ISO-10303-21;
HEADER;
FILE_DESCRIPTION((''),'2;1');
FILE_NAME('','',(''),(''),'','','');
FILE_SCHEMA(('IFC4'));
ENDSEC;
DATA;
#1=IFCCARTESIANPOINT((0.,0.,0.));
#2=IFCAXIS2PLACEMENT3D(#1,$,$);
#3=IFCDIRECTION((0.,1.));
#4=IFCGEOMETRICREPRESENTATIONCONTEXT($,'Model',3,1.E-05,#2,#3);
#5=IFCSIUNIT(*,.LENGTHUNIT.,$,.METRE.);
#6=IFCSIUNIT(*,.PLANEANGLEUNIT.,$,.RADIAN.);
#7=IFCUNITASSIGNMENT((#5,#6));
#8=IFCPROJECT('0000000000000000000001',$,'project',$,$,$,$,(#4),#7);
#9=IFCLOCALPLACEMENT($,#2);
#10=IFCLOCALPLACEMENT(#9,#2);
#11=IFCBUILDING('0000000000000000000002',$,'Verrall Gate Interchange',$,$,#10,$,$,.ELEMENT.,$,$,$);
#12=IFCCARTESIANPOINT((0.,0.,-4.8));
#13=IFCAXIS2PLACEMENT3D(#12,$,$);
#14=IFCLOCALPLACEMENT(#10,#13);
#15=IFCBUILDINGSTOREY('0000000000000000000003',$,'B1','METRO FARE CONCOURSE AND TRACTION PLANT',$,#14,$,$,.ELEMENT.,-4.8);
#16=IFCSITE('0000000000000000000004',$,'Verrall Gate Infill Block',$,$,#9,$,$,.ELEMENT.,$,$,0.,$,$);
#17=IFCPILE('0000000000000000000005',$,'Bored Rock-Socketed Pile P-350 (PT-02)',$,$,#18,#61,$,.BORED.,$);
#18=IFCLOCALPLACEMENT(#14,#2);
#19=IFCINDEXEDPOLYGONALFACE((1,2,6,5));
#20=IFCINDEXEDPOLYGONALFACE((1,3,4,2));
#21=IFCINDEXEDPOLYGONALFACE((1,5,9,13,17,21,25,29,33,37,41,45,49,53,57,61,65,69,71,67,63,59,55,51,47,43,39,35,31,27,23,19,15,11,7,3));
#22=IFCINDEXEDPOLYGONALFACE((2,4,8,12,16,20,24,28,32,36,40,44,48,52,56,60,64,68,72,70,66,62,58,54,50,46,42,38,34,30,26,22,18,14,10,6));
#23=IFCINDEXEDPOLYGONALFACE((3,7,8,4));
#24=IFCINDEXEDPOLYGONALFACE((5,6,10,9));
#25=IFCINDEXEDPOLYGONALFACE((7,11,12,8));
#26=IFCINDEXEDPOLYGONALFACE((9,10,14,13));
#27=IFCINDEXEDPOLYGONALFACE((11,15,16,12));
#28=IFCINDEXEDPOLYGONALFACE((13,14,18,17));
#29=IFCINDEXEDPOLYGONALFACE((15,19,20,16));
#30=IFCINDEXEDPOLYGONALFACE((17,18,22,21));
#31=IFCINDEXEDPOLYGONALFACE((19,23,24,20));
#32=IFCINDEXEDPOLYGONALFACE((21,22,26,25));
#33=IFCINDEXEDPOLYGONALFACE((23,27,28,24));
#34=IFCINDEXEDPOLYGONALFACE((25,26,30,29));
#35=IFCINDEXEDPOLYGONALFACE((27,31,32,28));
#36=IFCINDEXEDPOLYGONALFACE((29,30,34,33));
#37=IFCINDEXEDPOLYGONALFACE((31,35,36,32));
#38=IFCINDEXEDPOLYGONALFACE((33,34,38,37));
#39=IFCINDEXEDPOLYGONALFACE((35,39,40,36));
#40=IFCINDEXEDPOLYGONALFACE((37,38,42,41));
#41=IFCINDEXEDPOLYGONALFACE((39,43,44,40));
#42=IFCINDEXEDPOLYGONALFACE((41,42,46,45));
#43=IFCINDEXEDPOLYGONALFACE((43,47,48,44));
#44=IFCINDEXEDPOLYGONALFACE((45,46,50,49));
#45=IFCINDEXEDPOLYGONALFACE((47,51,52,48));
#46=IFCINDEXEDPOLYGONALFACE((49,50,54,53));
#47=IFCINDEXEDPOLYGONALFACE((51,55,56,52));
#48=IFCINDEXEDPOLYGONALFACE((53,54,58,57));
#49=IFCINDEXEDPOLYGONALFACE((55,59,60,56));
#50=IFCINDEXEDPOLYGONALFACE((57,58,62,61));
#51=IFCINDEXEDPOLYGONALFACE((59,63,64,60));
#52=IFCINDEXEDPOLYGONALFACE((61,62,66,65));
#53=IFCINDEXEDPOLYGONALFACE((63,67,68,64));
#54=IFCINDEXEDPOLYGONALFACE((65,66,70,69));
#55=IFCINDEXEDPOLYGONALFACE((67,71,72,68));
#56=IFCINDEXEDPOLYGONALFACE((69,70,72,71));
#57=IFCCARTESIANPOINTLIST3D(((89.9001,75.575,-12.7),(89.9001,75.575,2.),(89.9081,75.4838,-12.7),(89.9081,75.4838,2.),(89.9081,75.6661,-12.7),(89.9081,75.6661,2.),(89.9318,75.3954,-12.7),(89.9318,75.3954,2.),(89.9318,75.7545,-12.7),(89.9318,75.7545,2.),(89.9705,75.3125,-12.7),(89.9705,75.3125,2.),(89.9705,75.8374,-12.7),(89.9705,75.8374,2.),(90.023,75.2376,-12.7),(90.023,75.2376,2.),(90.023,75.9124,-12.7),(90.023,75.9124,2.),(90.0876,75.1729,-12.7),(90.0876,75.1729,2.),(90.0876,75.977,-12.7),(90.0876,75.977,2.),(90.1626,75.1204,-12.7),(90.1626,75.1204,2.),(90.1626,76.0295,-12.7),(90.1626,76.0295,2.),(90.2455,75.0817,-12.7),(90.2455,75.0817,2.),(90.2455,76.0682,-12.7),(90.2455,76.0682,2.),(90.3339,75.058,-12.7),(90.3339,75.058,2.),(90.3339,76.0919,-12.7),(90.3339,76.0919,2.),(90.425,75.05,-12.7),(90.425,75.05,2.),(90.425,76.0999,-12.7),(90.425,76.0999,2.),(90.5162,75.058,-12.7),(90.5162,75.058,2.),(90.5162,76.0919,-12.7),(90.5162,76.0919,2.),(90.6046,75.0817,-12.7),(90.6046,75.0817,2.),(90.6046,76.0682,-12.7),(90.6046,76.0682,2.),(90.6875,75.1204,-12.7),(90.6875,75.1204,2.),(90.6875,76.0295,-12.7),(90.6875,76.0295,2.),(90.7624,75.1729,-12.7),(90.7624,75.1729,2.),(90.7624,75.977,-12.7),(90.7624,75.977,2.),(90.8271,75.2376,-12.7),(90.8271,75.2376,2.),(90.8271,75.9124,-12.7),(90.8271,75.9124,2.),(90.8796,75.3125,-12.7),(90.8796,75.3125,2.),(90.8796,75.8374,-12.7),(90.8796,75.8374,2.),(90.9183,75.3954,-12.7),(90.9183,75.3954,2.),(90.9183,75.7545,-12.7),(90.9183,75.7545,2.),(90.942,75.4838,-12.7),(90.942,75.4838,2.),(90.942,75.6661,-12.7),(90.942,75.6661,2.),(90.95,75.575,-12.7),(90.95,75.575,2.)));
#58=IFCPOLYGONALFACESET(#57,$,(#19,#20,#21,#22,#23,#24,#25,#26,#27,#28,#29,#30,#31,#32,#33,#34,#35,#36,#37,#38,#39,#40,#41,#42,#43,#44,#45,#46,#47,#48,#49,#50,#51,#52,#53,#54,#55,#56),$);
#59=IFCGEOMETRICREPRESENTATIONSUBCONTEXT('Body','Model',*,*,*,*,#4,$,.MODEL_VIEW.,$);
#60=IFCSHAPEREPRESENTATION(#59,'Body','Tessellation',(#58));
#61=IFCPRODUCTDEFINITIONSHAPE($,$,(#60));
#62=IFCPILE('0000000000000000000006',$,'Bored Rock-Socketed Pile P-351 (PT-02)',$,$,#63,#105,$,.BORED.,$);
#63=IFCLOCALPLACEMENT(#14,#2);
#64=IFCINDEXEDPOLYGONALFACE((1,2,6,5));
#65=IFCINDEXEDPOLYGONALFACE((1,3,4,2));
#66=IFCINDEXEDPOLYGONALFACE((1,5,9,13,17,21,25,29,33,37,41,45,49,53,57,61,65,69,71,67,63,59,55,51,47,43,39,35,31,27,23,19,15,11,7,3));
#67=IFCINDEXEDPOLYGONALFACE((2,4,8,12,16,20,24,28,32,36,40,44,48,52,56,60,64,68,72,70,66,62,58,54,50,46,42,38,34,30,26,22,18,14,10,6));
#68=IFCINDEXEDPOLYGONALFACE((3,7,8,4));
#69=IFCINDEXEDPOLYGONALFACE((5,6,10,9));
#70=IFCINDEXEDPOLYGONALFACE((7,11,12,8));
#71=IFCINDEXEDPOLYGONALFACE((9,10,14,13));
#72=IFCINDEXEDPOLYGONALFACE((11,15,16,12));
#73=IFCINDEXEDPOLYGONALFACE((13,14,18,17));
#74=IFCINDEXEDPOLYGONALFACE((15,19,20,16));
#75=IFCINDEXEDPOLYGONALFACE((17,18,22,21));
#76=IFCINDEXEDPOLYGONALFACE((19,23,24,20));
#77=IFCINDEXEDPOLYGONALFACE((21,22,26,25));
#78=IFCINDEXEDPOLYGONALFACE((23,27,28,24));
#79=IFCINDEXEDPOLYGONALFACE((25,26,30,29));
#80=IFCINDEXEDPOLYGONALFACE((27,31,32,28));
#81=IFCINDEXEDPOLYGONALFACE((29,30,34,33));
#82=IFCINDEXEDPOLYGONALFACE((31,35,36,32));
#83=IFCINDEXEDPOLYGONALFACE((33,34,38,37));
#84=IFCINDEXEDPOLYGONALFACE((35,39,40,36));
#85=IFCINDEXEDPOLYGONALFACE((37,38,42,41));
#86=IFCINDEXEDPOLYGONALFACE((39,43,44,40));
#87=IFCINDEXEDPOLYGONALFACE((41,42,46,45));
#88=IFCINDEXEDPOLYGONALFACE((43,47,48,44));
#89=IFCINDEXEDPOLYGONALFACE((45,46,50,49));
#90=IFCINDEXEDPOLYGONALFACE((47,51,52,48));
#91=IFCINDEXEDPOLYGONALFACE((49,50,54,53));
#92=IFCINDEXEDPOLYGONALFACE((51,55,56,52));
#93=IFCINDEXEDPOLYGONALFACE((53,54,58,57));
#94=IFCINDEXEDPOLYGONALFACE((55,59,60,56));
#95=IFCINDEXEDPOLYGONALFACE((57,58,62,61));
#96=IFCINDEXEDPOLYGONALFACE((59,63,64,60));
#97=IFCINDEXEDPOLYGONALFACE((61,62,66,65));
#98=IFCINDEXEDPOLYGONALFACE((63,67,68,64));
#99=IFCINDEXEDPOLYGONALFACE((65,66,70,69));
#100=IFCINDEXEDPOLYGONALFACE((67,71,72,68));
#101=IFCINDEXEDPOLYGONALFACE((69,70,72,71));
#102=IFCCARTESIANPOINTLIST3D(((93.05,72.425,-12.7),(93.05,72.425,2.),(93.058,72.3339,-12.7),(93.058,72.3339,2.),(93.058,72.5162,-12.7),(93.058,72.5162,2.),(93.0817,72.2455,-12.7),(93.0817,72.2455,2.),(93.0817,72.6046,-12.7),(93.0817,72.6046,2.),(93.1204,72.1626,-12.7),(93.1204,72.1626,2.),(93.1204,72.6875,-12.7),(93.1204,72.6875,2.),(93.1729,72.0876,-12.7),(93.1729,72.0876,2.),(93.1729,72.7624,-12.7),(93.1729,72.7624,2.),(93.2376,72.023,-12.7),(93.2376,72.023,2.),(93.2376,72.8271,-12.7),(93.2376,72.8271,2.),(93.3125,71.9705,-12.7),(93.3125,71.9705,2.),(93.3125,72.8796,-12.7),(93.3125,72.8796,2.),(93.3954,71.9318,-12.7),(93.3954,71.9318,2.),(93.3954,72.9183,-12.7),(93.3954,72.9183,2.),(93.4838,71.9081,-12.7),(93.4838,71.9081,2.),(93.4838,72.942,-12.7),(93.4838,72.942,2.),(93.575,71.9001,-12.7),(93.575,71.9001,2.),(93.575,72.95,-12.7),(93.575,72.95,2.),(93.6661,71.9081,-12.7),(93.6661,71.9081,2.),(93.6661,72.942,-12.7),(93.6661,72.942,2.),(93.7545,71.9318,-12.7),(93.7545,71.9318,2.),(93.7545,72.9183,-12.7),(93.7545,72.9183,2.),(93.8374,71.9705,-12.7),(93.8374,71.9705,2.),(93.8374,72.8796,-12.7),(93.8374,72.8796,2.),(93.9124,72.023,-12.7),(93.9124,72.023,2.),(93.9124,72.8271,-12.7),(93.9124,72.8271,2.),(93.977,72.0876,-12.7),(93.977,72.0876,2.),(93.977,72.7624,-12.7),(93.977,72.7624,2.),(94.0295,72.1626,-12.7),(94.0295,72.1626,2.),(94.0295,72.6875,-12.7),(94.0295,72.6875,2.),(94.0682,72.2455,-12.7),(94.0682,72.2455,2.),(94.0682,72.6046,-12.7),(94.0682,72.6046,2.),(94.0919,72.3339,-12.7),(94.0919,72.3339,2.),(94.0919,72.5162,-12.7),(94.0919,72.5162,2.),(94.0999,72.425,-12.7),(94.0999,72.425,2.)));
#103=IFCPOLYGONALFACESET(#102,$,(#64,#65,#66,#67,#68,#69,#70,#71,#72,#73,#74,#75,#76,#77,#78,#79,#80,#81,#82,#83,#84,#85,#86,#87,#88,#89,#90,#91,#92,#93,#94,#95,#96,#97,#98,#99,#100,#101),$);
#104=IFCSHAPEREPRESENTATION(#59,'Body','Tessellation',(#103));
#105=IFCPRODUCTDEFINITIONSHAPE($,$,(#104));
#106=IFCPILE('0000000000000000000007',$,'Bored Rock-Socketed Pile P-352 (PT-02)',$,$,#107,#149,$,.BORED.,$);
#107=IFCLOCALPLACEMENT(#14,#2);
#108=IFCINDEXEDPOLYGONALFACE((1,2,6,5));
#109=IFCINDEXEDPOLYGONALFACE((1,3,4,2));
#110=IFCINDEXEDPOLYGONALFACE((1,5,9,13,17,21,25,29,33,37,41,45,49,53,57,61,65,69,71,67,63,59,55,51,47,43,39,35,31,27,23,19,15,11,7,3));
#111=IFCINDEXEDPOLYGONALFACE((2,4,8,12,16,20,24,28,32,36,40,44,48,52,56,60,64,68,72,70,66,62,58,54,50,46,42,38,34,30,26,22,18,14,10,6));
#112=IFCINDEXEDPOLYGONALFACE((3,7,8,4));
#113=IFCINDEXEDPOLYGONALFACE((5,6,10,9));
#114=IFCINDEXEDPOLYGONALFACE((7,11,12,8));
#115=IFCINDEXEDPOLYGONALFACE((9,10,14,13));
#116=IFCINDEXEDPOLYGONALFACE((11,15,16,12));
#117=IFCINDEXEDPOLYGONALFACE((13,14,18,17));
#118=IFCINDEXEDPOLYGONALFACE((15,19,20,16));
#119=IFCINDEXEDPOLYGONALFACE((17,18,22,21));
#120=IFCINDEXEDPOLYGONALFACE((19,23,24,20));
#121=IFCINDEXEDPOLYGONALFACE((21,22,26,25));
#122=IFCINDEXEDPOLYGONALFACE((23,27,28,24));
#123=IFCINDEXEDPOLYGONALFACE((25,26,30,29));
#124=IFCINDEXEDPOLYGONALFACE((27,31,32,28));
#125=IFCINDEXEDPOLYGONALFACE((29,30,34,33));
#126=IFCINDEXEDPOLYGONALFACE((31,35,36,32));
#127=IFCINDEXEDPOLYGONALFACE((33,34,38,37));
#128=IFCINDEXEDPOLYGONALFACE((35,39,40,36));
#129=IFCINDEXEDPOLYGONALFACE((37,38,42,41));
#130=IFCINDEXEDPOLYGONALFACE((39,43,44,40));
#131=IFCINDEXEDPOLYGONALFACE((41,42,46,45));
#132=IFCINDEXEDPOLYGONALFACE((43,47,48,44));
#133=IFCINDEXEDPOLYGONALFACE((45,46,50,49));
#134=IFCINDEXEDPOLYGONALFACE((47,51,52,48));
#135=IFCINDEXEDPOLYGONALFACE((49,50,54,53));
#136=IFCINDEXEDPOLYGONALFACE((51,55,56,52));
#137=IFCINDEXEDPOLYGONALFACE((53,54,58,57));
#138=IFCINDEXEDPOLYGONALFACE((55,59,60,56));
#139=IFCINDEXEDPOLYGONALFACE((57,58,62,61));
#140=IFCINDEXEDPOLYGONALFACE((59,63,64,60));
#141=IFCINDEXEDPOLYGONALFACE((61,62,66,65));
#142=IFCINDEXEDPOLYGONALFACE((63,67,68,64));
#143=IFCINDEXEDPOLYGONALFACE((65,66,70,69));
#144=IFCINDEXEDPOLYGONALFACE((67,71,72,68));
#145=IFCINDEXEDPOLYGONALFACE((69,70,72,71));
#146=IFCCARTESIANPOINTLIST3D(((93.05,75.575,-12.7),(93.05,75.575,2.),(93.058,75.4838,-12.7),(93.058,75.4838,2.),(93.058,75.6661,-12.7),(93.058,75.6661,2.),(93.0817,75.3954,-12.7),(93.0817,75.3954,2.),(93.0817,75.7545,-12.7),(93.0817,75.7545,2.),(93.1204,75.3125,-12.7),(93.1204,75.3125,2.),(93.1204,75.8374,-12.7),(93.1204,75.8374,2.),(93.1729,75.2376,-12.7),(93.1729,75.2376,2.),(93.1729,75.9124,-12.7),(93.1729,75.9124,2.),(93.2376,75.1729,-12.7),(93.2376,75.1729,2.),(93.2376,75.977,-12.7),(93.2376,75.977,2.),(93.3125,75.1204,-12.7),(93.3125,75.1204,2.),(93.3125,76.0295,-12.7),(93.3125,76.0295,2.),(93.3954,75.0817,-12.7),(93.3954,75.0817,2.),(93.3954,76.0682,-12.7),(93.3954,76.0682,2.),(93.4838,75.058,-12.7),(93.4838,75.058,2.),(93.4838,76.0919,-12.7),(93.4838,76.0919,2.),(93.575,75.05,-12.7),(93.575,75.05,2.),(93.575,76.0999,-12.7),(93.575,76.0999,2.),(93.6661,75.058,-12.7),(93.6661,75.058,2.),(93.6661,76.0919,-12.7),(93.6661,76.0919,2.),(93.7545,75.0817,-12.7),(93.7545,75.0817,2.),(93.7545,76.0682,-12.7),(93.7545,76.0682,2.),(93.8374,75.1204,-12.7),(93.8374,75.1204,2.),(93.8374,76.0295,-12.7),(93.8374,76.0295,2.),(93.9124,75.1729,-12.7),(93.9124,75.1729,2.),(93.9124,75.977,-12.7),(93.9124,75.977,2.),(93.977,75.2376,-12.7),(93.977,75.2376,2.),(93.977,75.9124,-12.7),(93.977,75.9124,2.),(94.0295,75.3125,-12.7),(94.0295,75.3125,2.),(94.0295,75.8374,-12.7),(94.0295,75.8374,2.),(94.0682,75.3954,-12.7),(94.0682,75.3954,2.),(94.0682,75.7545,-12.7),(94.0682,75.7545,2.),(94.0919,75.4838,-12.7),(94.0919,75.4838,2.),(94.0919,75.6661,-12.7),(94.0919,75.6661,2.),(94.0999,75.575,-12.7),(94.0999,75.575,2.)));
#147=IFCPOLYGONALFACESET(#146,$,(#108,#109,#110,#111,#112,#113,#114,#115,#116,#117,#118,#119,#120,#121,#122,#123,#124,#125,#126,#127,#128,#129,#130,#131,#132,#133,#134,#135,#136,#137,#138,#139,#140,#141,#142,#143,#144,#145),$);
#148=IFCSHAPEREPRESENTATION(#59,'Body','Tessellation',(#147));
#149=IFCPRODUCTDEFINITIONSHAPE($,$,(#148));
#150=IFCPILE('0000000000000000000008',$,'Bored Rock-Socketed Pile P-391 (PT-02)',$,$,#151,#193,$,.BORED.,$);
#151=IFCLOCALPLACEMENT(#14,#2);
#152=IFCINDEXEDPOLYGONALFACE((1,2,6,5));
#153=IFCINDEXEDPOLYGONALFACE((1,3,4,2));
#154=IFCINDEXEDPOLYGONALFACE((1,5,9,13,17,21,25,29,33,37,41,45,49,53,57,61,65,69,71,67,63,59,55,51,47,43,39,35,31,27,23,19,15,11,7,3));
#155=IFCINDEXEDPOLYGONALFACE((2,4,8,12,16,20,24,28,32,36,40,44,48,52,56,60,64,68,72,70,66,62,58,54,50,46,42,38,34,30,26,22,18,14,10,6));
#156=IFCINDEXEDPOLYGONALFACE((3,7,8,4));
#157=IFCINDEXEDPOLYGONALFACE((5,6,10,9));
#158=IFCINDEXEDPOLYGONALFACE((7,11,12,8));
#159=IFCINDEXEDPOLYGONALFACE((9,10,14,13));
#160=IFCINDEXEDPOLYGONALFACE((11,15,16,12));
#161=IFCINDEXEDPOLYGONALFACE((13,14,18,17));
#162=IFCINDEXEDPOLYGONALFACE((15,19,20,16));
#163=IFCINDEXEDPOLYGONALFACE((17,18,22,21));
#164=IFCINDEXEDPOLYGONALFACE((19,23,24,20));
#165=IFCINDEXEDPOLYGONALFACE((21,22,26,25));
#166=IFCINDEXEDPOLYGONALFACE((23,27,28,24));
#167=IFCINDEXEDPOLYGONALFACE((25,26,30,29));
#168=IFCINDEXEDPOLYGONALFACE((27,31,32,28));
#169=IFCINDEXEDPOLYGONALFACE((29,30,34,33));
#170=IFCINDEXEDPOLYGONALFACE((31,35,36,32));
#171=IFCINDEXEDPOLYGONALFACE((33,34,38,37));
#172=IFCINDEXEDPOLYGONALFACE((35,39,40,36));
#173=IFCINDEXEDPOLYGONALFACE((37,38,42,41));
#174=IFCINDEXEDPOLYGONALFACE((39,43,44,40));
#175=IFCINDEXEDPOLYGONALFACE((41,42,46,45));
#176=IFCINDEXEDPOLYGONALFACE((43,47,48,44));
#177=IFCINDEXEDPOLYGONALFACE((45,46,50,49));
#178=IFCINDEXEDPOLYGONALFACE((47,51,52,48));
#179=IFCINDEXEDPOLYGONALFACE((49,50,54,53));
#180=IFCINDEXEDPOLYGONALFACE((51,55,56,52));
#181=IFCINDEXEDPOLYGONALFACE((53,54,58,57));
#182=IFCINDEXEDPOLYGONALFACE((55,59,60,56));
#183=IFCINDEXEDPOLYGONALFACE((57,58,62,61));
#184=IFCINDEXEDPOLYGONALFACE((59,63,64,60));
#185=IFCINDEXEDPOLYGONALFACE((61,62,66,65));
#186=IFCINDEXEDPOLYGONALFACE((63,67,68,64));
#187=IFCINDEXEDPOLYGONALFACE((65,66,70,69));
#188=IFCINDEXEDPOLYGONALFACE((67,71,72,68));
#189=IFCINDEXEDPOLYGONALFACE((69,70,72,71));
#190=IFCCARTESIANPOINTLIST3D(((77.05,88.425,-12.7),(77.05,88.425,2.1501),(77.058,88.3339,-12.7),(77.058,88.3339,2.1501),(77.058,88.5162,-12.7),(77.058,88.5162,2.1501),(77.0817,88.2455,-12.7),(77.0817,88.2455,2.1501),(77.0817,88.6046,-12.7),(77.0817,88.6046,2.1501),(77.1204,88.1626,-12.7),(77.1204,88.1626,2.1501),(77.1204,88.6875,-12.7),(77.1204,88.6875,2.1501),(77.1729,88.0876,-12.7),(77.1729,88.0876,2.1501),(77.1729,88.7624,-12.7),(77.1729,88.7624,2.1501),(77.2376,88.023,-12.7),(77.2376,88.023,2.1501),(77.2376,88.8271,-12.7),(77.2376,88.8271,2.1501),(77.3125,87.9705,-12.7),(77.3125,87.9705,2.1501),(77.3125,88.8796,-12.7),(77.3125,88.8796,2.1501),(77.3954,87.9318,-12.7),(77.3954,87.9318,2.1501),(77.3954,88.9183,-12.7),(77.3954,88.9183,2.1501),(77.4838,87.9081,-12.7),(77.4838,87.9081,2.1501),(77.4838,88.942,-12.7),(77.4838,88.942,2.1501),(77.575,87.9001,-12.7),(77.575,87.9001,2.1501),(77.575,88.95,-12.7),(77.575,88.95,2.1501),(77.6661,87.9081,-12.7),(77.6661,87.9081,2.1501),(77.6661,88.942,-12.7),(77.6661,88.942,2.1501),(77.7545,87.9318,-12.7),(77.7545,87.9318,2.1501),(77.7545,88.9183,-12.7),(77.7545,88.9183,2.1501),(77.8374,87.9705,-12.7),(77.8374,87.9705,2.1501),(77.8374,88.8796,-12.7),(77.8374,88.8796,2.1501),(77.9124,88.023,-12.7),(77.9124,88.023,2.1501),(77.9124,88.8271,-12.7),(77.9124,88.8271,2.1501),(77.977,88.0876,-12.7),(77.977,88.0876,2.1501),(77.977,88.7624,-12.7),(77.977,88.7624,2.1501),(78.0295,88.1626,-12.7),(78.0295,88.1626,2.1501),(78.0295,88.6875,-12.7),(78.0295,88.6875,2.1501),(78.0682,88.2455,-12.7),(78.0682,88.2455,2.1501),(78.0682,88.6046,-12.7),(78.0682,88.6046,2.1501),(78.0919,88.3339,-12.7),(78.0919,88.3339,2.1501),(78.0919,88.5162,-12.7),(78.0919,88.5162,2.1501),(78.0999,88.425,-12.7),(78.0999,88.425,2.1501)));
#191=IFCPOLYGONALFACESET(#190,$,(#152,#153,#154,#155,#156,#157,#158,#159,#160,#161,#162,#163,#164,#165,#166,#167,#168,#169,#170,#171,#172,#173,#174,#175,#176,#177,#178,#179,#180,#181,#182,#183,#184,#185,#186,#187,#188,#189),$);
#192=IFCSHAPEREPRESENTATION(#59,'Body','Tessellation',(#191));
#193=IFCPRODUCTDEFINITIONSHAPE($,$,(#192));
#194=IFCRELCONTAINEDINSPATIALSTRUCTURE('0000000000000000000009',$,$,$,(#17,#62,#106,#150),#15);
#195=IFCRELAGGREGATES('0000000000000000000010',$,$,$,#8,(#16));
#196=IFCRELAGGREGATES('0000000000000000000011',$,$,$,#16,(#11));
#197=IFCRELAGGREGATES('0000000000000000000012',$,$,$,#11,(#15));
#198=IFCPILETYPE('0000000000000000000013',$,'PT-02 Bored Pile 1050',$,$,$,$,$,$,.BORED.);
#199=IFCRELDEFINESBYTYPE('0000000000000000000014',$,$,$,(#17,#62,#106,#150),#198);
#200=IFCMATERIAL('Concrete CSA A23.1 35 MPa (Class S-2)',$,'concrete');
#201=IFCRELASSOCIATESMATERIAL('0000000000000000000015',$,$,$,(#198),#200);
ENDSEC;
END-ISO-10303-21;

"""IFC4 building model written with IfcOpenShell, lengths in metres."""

from ifc_helpers import new_model, si_unit, direction, frame, origin, origin_2d, place, context, subcontext, project, spatial, circle, extrude, material, material_profile, profile_set, type_object, element, save


model = new_model("IFC4")

# Units and contexts
model_context = context("Model", 3, precision=1e-05, world=origin(), true_north=direction((0.0, 1.0)))
body_context = subcontext(model_context, "Body", "Model", "MODEL_VIEW")
ifc_project = project(units=[si_unit("LENGTHUNIT", "METRE"), si_unit("PLANEANGLEUNIT", "RADIAN")], contexts=[model_context])

# Site, building, storey
site_placement = place(None, origin())
site = spatial("IfcSite", under=ifc_project, at=site_placement, Name="Verrall Gate Infill Block", CompositionType="ELEMENT", RefElevation=0.0)
building_placement = place(site_placement, origin())
building = spatial("IfcBuilding", under=site, at=building_placement, Name="Verrall Gate Interchange", CompositionType="ELEMENT")
storey_placement = place(building_placement, frame((0.0, 0.0, -4.8)))
storey = spatial("IfcBuildingStorey", under=building, at=storey_placement, Name="B1", Description="METRO FARE CONCOURSE AND TRACTION PLANT", CompositionType="ELEMENT", Elevation=-4.8)

# Piles
ifc_material_1 = material(Name="Concrete CSA A23.1 35 MPa (Class S-2)", Category="concrete")
ifc_material_profile_1 = material_profile(ifc_material_1, circle(Radius=0.5249, at=origin_2d()), Name="PILE1050D")
ifc_profile_set_1 = profile_set([ifc_material_profile_1], Name="Concrete CSA A23.1 35 MPa (Class S-2)")
pile_type = type_object("IfcPileType", Name="PT-02 Bored Pile 1050", PredefinedType="BORED", material=ifc_profile_set_1)
for number, where, z_axis, x_axis, name in (
    (1, (90.425, 75.575, 2.0), (0.0, 0.0, -1.0), (1.0, 0.0, 0.0), "Bored Rock-Socketed Pile P-350 (PT-02)"),
    (2, (93.575, 72.425, 2.0), (0.0, 0.0, -1.0), (1.0, 0.0, 0.0), "Bored Rock-Socketed Pile P-351 (PT-02)"),
    (3, (93.575, 75.575, 2.0), (0.0, 0.0, -1.0), (1.0, 0.0, 0.0), "Bored Rock-Socketed Pile P-352 (PT-02)"),
):
    element("IfcPile", number, at=place(storey_placement, frame(where, z_axis=z_axis, x_axis=x_axis)), inside=storey, type_object=pile_type, Name=name, PredefinedType="BORED", context=body_context, shape_type="SweptSolid", body=[
        extrude(circle(Radius=0.5249, at=origin_2d()), origin(), (0.0, 0.0, 1.0), 14.7),
    ])
pile_1_placement = place(storey_placement, frame((77.575, 88.425, 2.1501), z_axis=(0.0, 0.0, -1.0), x_axis=(1.0, 0.0, 0.0)))
element("IfcPile", 4, at=pile_1_placement, inside=storey, type_object=pile_type, Name="Bored Rock-Socketed Pile P-391 (PT-02)", PredefinedType="BORED", context=body_context, shape_type="SweptSolid", body=[
    extrude(circle(Radius=0.5249, at=origin_2d()), origin(), (0.0, 0.0, 1.0), 14.8501),
])

save(model, "model.ifc")
